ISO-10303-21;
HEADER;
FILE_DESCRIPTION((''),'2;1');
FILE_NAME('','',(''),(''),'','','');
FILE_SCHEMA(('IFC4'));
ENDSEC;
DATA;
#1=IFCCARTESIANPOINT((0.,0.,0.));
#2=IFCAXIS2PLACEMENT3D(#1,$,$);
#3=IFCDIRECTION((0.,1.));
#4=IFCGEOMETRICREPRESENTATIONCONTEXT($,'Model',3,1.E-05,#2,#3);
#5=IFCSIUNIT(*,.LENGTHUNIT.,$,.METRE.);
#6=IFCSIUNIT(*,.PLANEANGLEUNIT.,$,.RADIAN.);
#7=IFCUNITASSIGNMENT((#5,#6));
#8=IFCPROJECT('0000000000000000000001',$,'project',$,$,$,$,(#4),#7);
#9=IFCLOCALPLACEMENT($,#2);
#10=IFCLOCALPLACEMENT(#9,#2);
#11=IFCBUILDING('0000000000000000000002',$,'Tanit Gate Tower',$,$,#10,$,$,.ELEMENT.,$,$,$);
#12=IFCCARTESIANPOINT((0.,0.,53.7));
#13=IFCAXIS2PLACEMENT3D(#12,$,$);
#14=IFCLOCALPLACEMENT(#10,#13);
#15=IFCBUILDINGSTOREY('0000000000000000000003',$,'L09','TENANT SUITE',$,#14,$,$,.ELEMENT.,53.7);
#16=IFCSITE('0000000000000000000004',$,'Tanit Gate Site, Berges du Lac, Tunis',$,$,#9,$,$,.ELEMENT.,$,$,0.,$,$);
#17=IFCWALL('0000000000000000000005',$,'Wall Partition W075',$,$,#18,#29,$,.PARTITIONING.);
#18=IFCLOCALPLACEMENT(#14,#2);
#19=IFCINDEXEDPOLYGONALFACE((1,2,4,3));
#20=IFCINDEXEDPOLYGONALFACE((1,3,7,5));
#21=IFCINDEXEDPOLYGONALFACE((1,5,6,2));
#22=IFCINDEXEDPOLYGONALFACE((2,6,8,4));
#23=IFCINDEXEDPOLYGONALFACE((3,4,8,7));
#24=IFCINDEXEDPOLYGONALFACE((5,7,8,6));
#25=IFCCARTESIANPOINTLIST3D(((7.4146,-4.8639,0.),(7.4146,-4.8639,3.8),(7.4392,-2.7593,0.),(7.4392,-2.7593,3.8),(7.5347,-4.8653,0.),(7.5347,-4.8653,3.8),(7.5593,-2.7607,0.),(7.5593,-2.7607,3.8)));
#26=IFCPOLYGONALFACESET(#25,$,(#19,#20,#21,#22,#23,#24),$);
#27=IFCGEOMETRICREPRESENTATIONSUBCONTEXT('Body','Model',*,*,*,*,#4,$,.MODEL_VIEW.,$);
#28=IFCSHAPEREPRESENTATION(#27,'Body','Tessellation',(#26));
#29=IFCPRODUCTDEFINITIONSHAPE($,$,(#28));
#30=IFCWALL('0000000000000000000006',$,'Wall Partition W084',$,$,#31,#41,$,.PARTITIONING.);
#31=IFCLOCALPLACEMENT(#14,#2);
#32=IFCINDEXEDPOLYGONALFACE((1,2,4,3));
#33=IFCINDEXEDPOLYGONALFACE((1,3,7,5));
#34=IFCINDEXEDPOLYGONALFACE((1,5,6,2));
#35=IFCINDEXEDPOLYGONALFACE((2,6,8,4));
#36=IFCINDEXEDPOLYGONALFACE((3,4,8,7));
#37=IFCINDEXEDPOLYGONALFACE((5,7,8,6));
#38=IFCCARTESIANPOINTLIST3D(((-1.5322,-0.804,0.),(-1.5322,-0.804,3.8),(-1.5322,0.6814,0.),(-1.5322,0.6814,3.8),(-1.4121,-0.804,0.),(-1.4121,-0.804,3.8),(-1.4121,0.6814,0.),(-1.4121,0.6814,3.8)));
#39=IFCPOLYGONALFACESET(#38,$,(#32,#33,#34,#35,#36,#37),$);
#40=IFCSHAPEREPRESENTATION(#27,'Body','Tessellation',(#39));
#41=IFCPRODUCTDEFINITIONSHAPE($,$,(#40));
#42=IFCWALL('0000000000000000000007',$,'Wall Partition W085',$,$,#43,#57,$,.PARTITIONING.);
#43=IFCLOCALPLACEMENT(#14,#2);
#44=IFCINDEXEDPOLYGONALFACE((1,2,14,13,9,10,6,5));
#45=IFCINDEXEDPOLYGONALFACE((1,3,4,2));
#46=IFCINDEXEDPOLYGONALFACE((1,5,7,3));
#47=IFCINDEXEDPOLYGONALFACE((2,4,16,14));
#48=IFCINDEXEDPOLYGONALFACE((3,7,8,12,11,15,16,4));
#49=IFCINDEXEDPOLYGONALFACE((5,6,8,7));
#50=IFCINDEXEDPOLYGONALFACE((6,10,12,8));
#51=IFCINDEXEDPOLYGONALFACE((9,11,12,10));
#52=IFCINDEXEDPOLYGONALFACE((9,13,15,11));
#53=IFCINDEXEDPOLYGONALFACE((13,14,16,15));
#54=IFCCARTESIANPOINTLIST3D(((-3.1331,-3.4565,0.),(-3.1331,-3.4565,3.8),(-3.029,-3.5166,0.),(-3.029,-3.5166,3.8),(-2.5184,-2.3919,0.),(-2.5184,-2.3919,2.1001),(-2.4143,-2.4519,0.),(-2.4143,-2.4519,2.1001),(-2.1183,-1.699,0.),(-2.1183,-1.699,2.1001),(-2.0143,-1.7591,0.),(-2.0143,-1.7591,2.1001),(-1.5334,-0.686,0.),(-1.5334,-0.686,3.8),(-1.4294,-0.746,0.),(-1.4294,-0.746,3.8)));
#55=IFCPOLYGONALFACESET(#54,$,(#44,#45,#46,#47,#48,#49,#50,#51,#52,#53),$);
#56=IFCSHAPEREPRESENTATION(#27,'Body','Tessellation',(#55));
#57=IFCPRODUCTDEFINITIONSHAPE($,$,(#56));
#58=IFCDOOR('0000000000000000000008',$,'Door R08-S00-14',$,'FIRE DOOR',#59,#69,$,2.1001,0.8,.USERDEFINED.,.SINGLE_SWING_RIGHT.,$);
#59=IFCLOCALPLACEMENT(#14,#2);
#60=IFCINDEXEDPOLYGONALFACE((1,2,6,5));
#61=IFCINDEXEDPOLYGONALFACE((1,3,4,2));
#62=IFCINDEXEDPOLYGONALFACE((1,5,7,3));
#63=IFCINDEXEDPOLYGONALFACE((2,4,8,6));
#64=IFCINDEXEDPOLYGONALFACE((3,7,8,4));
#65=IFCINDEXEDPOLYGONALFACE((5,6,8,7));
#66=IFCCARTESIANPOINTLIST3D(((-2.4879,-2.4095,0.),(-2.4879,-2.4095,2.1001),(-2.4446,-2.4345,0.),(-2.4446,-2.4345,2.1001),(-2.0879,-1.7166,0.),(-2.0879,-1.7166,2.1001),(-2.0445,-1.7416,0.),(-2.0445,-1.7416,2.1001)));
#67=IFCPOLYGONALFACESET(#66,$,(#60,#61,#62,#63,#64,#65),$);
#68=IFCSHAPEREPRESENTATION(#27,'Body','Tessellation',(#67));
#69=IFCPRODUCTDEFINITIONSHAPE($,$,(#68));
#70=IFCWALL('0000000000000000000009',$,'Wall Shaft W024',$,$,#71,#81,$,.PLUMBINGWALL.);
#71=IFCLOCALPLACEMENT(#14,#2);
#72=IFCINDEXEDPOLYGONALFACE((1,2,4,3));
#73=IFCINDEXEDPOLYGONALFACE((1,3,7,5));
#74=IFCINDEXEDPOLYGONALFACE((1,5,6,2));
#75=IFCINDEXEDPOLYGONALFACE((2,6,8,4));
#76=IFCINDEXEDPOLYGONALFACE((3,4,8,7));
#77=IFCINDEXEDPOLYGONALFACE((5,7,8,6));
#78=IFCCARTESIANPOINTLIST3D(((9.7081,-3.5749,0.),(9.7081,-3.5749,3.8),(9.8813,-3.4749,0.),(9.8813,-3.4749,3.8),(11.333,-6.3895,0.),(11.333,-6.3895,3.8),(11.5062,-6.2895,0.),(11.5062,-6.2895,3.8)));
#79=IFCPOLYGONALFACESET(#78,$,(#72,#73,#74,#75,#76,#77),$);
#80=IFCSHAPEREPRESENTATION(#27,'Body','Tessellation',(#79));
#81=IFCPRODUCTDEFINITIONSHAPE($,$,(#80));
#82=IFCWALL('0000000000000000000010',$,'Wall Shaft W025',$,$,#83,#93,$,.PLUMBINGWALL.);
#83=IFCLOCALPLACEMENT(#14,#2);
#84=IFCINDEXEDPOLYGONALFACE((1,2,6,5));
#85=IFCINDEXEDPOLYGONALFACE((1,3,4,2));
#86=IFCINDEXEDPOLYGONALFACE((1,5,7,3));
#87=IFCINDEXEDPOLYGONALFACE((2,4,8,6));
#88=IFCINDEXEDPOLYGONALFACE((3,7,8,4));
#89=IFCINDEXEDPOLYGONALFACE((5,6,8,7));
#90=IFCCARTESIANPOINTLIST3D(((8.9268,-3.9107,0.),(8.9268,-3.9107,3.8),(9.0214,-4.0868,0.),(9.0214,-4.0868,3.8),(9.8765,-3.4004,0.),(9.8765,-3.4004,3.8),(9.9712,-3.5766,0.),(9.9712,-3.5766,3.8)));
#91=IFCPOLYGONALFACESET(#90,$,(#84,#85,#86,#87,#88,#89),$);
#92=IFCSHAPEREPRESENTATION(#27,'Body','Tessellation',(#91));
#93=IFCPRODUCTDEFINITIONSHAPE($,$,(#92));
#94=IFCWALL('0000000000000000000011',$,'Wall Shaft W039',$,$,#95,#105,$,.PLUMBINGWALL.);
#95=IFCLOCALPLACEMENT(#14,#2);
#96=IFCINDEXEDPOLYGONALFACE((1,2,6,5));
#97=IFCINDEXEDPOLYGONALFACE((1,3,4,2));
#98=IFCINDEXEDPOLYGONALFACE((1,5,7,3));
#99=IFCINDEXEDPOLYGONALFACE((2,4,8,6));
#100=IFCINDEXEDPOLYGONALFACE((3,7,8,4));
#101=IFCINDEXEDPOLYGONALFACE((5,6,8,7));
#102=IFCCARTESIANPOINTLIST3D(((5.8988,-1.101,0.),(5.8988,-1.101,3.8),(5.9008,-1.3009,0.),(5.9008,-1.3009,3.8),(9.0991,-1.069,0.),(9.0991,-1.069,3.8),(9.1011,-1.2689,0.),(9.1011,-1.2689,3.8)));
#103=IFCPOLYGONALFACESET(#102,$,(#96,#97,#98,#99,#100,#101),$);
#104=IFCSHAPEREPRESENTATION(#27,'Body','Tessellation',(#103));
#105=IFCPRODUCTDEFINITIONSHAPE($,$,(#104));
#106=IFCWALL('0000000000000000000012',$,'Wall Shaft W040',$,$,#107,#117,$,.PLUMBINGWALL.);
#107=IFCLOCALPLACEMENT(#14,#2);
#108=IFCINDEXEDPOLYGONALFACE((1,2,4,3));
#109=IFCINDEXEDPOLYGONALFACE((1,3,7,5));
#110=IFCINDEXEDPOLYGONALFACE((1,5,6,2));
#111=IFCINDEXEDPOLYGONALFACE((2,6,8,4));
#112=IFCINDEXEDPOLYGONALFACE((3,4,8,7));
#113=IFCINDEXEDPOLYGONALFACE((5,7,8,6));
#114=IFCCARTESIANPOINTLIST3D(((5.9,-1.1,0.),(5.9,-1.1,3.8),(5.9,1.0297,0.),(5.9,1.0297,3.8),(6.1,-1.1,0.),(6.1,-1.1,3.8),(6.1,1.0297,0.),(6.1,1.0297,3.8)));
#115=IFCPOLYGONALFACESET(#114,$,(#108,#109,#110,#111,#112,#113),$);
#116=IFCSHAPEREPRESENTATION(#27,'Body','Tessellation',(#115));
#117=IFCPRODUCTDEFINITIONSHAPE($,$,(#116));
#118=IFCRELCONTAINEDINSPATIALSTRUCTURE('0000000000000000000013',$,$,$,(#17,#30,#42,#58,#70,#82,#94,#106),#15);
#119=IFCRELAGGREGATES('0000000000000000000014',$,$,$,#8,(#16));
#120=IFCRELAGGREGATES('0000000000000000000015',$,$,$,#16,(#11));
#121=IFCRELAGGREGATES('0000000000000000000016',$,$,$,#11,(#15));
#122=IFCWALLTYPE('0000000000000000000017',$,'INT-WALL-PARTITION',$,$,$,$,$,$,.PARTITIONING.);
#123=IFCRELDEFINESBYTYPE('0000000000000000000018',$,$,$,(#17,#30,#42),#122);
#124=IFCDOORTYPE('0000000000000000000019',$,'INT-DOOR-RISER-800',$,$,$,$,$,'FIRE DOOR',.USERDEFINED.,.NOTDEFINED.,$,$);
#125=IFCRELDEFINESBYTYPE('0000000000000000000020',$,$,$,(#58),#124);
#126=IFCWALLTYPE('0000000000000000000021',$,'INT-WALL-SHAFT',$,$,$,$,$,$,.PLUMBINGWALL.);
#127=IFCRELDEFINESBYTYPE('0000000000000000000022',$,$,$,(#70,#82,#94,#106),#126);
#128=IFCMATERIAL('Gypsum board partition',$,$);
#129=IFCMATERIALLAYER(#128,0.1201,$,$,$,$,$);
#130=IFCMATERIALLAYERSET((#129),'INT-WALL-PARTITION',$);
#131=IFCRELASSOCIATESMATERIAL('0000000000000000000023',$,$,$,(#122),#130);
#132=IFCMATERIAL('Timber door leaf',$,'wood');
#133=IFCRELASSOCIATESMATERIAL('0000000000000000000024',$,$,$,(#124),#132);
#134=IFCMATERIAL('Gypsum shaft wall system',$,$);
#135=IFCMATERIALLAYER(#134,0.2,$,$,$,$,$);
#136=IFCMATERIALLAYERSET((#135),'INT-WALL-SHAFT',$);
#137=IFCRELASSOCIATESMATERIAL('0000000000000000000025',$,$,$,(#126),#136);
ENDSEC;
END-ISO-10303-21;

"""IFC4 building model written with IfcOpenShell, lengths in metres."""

from ifc_helpers import new_model, si_unit, direction, frame, frame_2d, origin, place, context, subcontext, project, spatial, rectangle, extrude, material, layer, layer_set, type_object, element, fill, save


model = new_model("IFC4")

# Units and contexts
model_context = context("Model", 3, precision=1e-05, world=origin(), true_north=direction((0.0, 1.0)))
body_context = subcontext(model_context, "Body", "Model", "MODEL_VIEW")
ifc_project = project(units=[si_unit("LENGTHUNIT", "METRE"), si_unit("PLANEANGLEUNIT", "RADIAN")], contexts=[model_context])

# Site, building, storey
site_placement = place(None, origin())
site = spatial("IfcSite", under=ifc_project, at=site_placement, Name="Tanit Gate Site, Berges du Lac, Tunis", CompositionType="ELEMENT", RefElevation=0.0)
building_placement = place(site_placement, origin())
building = spatial("IfcBuilding", under=site, at=building_placement, Name="Tanit Gate Tower", CompositionType="ELEMENT")
storey_placement = place(building_placement, frame((0.0, 0.0, 53.7)))
storey = spatial("IfcBuildingStorey", under=building, at=storey_placement, Name="L09", Description="TENANT SUITE", CompositionType="ELEMENT", Elevation=53.7)

# Shared definitions
ifc_material_1 = material(Name="Gypsum board partition")
ifc_layer_1 = layer(ifc_material_1, 0.1201)
ifc_layer_set_1 = layer_set([ifc_layer_1], Name="INT-WALL-PARTITION")
wall_type_1 = type_object("IfcWallType", Name="INT-WALL-PARTITION", PredefinedType="PARTITIONING", material=ifc_layer_set_1)

# Shared definitions
ifc_material_2 = material(Name="Timber door leaf", Category="wood")
door_type_1 = type_object("IfcDoorType", Name="INT-DOOR-RISER-800", ElementType="FIRE DOOR", OperationType="NOTDEFINED", PredefinedType="USERDEFINED", material=ifc_material_2)

# Walls
wall_1_placement = place(storey_placement, frame((7.4746, -4.8645, 0.0), z_axis=(0.0, 0.0, 1.0), x_axis=(0.011716, 0.999931, 0.0)))
element("IfcWall", 1, at=wall_1_placement, inside=storey, type_object=wall_type_1, Name="Wall Partition W075", PredefinedType="PARTITIONING", context=body_context, shape_type="SweptSolid", body=[
    extrude(rectangle(XDim=2.1047, YDim=0.1201, at=frame_2d((1.0522, 0.0))), origin(), (0.0, 0.0, 1.0), 3.8),
])
wall_2_placement = place(storey_placement, frame((-1.4722, -0.804, 0.0), z_axis=(0.0, 0.0, 1.0), x_axis=(0.0, 1.0, 0.0)))
element("IfcWall", 2, at=wall_2_placement, inside=storey, type_object=wall_type_1, Name="Wall Partition W084", PredefinedType="PARTITIONING", context=body_context, shape_type="SweptSolid", body=[
    extrude(rectangle(XDim=1.4854, YDim=0.1201, at=frame_2d((0.7427, 0.0))), origin(), (0.0, 0.0, 1.0), 3.8),
])

# Wall, opening, door
wall_3_placement = place(storey_placement, frame((-3.0811, -3.4866, 0.0), z_axis=(0.0, 0.0, 1.0), x_axis=(0.500013, 0.866018, 0.0)))
wall_3 = element("IfcWall", 3, at=wall_3_placement, inside=storey, type_object=wall_type_1, Name="Wall Partition W085", PredefinedType="PARTITIONING", context=body_context, shape_type="SweptSolid", body=[
    extrude(rectangle(XDim=3.1992, YDim=0.1201, at=frame_2d((1.5996, 0.0))), origin(), (0.0, 0.0, 1.0), 3.8),
])
opening_1_placement = place(wall_3_placement, frame((1.2295, 0.0, 0.0)))
opening_1 = element("IfcOpeningElement", 4, at=opening_1_placement, cuts=wall_3, PredefinedType="OPENING", context=body_context, shape_type="SweptSolid", body=[
    extrude(rectangle(XDim=0.8, YDim=2.1001, at=frame_2d((0.3999, 1.05))), frame((0.0, 0.0701, 0.0), z_axis=(0.0, -1.0, 0.0), x_axis=(1.0, 0.0, 0.0)), (0.0, 0.0, 1.0), 0.1401),
])
door_1_placement = place(opening_1_placement, origin())
door_1 = element("IfcDoor", 5, at=door_1_placement, inside=storey, type_object=door_type_1, Name="Door R08-S00-14", ObjectType="FIRE DOOR", OperationType="SINGLE_SWING_RIGHT", OverallHeight=2.1001, OverallWidth=0.8, PredefinedType="USERDEFINED", context=body_context, shape_type="SweptSolid", body=[
    extrude(rectangle(XDim=0.8, YDim=2.1001, at=frame_2d((0.3999, 1.05))), frame((0.0, 0.0249, 0.0), z_axis=(0.0, -1.0, 0.0), x_axis=(1.0, 0.0, 0.0)), (0.0, 0.0, 1.0), 0.05),
])
fill(opening_1, door_1)

# Walls
ifc_material_3 = material(Name="Gypsum shaft wall system")
ifc_layer_2 = layer(ifc_material_3, 0.2)
ifc_layer_set_2 = layer_set([ifc_layer_2], Name="INT-WALL-SHAFT")
wall_type_2 = type_object("IfcWallType", Name="INT-WALL-SHAFT", PredefinedType="PLUMBINGWALL", material=ifc_layer_set_2)
wall_4_placement = place(storey_placement, frame((9.7947, -3.5249, 0.0), z_axis=(0.0, 0.0, 1.0), x_axis=(0.499985, -0.866034, 0.0)))
element("IfcWall", 6, at=wall_4_placement, inside=storey, type_object=wall_type_2, Name="Wall Shaft W024", PredefinedType="PLUMBINGWALL", context=body_context, shape_type="SweptSolid", body=[
    extrude(rectangle(XDim=3.25, YDim=0.2, at=frame_2d((1.625, 0.0))), origin(), (0.0, 0.0, 1.0), 3.8),
])
wall_5_placement = place(storey_placement, frame((8.9741, -3.9988, 0.0), z_axis=(0.0, 0.0, 1.0), x_axis=(0.880907, 0.473289, 0.0)))
element("IfcWall", 7, at=wall_5_placement, inside=storey, type_object=wall_type_2, Name="Wall Shaft W025", PredefinedType="PLUMBINGWALL", context=body_context, shape_type="SweptSolid", body=[
    extrude(rectangle(XDim=1.0781, YDim=0.2, at=frame_2d((0.5391, 0.0))), origin(), (0.0, 0.0, 1.0), 3.8),
])
wall_6_placement = place(storey_placement, frame((5.8999, -1.2009, 0.0), z_axis=(0.0, 0.0, 1.0), x_axis=(0.99995, 0.009993, 0.0)))
element("IfcWall", 8, at=wall_6_placement, inside=storey, type_object=wall_type_2, Name="Wall Shaft W039", PredefinedType="PLUMBINGWALL", context=body_context, shape_type="SweptSolid", body=[
    extrude(rectangle(XDim=3.2004, YDim=0.2, at=frame_2d((1.6001, 0.0))), origin(), (0.0, 0.0, 1.0), 3.8),
])
wall_7_placement = place(storey_placement, frame((6.0, -1.1001, 0.0), z_axis=(0.0, 0.0, 1.0), x_axis=(0.0, 1.0, 0.0)))
element("IfcWall", 9, at=wall_7_placement, inside=storey, type_object=wall_type_2, Name="Wall Shaft W040", PredefinedType="PLUMBINGWALL", context=body_context, shape_type="SweptSolid", body=[
    extrude(rectangle(XDim=2.1296, YDim=0.2, at=frame_2d((1.0649, 0.0))), origin(), (0.0, 0.0, 1.0), 3.8),
])

save(model, "model.ifc")
